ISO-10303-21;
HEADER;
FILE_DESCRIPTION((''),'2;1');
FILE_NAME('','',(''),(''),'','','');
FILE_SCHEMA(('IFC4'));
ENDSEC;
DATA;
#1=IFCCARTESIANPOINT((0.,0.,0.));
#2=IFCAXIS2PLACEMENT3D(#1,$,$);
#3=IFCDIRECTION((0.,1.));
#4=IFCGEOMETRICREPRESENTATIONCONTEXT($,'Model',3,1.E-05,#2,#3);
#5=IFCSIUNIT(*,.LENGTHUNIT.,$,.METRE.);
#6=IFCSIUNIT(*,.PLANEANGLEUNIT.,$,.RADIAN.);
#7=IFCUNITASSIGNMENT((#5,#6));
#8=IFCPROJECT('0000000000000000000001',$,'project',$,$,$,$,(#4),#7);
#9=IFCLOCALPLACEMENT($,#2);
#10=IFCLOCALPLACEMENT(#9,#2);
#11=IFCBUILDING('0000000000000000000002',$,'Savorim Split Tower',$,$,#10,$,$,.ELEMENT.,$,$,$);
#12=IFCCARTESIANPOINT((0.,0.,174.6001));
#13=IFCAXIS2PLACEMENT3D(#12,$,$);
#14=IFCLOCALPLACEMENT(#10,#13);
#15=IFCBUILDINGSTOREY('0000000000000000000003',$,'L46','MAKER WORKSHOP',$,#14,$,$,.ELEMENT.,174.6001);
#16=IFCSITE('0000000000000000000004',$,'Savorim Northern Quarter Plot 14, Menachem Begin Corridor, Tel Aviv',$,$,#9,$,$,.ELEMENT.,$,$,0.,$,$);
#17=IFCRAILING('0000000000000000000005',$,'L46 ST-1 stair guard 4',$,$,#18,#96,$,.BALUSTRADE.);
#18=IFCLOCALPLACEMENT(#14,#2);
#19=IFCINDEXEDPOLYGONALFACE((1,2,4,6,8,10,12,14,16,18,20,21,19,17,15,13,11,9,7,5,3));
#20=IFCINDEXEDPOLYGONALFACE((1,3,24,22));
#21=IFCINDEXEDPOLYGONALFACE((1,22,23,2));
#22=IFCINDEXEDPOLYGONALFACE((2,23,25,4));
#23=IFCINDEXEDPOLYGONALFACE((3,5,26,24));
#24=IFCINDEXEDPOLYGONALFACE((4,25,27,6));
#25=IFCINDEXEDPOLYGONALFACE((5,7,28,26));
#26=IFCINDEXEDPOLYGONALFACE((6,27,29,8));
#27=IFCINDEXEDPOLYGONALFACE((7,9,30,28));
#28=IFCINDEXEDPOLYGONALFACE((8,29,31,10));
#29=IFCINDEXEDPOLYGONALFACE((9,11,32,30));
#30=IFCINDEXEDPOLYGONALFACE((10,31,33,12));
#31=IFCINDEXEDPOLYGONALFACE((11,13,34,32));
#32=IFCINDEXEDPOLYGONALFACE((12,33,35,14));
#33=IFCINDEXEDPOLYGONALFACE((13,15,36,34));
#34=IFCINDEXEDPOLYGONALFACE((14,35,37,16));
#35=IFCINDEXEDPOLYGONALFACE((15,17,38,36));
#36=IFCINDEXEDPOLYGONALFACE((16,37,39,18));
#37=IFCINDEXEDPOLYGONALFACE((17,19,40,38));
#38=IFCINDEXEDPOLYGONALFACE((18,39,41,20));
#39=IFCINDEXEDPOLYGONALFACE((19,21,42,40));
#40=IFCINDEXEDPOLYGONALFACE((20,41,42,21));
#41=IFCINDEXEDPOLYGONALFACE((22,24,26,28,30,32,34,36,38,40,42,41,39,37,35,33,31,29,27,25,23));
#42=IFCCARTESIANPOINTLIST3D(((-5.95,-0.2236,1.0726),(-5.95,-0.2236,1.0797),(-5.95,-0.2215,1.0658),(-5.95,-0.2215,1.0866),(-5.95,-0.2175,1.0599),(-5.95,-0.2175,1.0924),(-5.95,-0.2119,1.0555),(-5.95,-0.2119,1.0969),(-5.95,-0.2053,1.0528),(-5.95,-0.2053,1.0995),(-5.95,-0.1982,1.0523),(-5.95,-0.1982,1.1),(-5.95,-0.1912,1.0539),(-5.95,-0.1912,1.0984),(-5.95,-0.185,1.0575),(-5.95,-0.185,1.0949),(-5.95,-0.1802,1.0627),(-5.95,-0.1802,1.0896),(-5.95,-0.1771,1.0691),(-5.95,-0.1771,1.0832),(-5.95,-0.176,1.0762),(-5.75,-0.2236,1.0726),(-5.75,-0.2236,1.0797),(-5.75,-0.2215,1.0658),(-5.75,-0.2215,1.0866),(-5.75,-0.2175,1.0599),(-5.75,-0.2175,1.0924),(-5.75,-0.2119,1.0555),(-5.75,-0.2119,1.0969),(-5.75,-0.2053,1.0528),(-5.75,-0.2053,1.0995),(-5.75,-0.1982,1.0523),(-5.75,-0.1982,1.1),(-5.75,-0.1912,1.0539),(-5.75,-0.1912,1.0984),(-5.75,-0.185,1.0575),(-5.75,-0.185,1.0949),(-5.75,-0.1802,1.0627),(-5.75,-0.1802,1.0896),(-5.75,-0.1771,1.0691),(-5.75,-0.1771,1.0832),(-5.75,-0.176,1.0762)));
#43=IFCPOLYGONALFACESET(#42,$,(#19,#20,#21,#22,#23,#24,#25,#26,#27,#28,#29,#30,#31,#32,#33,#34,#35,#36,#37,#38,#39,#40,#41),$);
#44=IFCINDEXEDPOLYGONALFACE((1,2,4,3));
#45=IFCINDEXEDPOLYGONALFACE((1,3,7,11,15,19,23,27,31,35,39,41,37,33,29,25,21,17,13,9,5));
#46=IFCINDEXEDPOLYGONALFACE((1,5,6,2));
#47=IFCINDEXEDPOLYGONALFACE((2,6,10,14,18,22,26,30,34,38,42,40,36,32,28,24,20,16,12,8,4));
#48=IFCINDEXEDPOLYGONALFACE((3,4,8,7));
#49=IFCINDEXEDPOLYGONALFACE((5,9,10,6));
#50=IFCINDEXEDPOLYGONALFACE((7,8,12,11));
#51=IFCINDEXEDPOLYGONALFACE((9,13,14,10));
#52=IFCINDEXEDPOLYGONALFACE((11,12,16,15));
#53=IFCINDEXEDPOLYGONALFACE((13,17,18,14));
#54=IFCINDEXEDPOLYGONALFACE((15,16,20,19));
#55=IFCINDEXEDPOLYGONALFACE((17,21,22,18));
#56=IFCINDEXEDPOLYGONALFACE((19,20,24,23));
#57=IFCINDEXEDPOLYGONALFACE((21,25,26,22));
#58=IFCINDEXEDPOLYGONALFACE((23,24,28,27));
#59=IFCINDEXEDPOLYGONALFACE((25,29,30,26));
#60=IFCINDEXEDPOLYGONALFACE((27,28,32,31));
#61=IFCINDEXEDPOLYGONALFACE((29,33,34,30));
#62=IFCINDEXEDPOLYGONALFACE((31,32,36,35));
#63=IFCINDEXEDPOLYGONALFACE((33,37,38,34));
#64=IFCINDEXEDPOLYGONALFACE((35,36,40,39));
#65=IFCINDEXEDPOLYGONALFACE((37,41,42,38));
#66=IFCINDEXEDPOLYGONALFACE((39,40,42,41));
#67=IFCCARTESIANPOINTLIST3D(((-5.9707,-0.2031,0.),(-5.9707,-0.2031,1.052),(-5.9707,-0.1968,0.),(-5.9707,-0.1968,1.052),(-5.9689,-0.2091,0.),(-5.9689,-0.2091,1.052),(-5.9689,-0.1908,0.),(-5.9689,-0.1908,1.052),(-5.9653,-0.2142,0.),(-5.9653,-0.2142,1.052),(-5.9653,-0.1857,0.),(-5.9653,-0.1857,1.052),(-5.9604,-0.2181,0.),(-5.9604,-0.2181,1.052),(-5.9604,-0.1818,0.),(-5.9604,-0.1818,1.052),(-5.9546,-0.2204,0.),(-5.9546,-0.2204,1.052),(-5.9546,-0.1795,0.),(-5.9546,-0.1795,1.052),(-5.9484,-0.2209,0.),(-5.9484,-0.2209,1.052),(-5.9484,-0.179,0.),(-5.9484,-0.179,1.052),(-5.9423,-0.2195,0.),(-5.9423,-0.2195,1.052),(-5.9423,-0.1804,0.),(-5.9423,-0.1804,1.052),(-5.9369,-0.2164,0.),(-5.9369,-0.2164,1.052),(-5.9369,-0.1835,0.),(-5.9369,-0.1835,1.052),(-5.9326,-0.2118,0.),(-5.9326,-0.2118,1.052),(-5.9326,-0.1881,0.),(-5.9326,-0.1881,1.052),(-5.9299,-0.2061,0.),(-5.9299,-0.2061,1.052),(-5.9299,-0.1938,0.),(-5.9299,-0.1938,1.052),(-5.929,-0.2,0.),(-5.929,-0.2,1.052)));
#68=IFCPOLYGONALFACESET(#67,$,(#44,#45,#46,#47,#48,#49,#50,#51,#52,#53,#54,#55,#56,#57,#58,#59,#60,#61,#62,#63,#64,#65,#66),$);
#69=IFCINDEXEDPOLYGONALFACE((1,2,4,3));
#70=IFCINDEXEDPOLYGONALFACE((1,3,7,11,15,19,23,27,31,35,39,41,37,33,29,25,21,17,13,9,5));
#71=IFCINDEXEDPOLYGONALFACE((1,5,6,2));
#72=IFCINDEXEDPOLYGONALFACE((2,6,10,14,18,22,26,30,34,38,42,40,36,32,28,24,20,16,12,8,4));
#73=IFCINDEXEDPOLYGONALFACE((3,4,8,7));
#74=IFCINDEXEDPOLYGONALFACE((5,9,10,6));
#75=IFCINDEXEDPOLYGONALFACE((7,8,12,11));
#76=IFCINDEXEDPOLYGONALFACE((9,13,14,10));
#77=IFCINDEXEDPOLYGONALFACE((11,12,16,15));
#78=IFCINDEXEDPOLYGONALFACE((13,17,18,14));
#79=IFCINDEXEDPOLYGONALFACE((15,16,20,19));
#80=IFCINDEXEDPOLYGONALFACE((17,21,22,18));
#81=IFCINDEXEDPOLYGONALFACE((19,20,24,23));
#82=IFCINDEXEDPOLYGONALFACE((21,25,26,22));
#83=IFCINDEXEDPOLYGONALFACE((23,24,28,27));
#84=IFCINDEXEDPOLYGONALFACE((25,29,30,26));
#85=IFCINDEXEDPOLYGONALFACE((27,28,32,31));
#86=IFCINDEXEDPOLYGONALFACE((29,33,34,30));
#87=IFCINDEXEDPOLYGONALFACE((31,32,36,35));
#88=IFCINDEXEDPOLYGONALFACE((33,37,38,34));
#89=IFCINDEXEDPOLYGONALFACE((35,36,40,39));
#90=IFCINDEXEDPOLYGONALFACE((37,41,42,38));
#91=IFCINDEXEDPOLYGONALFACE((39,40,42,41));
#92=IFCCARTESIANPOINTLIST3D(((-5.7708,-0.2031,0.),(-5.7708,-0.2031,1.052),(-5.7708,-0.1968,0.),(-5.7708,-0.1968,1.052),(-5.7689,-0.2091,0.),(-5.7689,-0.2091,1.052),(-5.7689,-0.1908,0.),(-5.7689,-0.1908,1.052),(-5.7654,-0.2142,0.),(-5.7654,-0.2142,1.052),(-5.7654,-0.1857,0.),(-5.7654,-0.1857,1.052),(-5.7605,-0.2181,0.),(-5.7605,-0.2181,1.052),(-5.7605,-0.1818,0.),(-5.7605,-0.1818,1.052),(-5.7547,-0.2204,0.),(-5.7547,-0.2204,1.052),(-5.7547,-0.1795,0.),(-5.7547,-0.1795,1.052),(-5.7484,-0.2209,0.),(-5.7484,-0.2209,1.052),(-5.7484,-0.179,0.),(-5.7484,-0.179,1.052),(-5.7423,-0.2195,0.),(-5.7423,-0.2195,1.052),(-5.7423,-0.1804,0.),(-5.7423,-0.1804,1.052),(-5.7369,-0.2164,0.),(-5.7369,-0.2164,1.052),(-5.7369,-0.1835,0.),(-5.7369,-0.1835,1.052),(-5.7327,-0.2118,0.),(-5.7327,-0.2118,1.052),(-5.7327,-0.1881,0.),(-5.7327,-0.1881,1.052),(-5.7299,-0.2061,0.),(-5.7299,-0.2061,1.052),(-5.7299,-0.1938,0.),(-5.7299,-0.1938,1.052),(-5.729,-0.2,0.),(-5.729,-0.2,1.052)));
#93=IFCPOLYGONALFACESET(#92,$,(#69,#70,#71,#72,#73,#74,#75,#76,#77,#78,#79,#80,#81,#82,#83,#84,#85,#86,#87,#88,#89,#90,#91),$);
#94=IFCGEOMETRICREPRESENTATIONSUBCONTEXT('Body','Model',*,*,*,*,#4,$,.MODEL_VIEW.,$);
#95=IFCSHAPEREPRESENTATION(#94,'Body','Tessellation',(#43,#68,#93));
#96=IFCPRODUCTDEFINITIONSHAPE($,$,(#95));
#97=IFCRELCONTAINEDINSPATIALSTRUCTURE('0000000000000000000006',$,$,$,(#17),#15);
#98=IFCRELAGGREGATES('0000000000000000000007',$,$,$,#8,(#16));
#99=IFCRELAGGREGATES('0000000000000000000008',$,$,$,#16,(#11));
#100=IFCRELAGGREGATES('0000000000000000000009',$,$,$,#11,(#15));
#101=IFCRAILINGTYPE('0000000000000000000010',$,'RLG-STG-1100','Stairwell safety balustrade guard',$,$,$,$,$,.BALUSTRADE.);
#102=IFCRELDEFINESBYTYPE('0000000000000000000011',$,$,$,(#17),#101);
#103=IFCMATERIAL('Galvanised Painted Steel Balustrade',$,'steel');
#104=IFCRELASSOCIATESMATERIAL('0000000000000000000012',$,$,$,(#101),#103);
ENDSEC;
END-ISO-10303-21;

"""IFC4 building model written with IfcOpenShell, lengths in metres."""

from ifc_helpers import new_model, si_unit, direction, frame, origin, origin_2d, place, context, subcontext, project, spatial, circle, extrude, material, type_object, element, save


model = new_model("IFC4")

# Units and contexts
model_context = context("Model", 3, precision=1e-05, world=origin(), true_north=direction((0.0, 1.0)))
body_context = subcontext(model_context, "Body", "Model", "MODEL_VIEW")
ifc_project = project(units=[si_unit("LENGTHUNIT", "METRE"), si_unit("PLANEANGLEUNIT", "RADIAN")], contexts=[model_context])

# Site, building, storey
site_placement = place(None, origin())
site = spatial("IfcSite", under=ifc_project, at=site_placement, Name="Savorim Northern Quarter Plot 14, Menachem Begin Corridor, Tel Aviv", CompositionType="ELEMENT", RefElevation=0.0)
building_placement = place(site_placement, origin())
building = spatial("IfcBuilding", under=site, at=building_placement, Name="Savorim Split Tower", CompositionType="ELEMENT")
storey_placement = place(building_placement, frame((0.0, 0.0, 174.6001)))
storey = spatial("IfcBuildingStorey", under=building, at=storey_placement, Name="L46", Description="MAKER WORKSHOP", CompositionType="ELEMENT", Elevation=174.6001)

# Railing
ifc_material_1 = material(Name="Galvanised Painted Steel Balustrade", Category="steel")
railing_type_1 = type_object("IfcRailingType", Name="RLG-STG-1100", Description="Stairwell safety balustrade guard", PredefinedType="BALUSTRADE", material=ifc_material_1)
railing_1_placement = place(storey_placement, frame((-5.95, -0.2, 0.0)))
element("IfcRailing", 1, at=railing_1_placement, inside=storey, type_object=railing_type_1, Name="L46 ST-1 stair guard 4", PredefinedType="BALUSTRADE", context=body_context, shape_type="SweptSolid", body=[
    extrude(circle(Radius=0.0239, at=origin_2d()), frame((0.0, 0.0, 1.0762), z_axis=(1.0, 0.0, 0.0), x_axis=(0.0, 1.0, 0.0)), (0.0, 0.0, 1.0), 0.2),
    extrude(circle(Radius=0.021, at=origin_2d()), origin(), (0.0, 0.0, 1.0), 1.052),
    extrude(circle(Radius=0.021, at=origin_2d()), frame((0.2, 0.0, 0.0)), (0.0, 0.0, 1.0), 1.052),
])

save(model, "model.ifc")
